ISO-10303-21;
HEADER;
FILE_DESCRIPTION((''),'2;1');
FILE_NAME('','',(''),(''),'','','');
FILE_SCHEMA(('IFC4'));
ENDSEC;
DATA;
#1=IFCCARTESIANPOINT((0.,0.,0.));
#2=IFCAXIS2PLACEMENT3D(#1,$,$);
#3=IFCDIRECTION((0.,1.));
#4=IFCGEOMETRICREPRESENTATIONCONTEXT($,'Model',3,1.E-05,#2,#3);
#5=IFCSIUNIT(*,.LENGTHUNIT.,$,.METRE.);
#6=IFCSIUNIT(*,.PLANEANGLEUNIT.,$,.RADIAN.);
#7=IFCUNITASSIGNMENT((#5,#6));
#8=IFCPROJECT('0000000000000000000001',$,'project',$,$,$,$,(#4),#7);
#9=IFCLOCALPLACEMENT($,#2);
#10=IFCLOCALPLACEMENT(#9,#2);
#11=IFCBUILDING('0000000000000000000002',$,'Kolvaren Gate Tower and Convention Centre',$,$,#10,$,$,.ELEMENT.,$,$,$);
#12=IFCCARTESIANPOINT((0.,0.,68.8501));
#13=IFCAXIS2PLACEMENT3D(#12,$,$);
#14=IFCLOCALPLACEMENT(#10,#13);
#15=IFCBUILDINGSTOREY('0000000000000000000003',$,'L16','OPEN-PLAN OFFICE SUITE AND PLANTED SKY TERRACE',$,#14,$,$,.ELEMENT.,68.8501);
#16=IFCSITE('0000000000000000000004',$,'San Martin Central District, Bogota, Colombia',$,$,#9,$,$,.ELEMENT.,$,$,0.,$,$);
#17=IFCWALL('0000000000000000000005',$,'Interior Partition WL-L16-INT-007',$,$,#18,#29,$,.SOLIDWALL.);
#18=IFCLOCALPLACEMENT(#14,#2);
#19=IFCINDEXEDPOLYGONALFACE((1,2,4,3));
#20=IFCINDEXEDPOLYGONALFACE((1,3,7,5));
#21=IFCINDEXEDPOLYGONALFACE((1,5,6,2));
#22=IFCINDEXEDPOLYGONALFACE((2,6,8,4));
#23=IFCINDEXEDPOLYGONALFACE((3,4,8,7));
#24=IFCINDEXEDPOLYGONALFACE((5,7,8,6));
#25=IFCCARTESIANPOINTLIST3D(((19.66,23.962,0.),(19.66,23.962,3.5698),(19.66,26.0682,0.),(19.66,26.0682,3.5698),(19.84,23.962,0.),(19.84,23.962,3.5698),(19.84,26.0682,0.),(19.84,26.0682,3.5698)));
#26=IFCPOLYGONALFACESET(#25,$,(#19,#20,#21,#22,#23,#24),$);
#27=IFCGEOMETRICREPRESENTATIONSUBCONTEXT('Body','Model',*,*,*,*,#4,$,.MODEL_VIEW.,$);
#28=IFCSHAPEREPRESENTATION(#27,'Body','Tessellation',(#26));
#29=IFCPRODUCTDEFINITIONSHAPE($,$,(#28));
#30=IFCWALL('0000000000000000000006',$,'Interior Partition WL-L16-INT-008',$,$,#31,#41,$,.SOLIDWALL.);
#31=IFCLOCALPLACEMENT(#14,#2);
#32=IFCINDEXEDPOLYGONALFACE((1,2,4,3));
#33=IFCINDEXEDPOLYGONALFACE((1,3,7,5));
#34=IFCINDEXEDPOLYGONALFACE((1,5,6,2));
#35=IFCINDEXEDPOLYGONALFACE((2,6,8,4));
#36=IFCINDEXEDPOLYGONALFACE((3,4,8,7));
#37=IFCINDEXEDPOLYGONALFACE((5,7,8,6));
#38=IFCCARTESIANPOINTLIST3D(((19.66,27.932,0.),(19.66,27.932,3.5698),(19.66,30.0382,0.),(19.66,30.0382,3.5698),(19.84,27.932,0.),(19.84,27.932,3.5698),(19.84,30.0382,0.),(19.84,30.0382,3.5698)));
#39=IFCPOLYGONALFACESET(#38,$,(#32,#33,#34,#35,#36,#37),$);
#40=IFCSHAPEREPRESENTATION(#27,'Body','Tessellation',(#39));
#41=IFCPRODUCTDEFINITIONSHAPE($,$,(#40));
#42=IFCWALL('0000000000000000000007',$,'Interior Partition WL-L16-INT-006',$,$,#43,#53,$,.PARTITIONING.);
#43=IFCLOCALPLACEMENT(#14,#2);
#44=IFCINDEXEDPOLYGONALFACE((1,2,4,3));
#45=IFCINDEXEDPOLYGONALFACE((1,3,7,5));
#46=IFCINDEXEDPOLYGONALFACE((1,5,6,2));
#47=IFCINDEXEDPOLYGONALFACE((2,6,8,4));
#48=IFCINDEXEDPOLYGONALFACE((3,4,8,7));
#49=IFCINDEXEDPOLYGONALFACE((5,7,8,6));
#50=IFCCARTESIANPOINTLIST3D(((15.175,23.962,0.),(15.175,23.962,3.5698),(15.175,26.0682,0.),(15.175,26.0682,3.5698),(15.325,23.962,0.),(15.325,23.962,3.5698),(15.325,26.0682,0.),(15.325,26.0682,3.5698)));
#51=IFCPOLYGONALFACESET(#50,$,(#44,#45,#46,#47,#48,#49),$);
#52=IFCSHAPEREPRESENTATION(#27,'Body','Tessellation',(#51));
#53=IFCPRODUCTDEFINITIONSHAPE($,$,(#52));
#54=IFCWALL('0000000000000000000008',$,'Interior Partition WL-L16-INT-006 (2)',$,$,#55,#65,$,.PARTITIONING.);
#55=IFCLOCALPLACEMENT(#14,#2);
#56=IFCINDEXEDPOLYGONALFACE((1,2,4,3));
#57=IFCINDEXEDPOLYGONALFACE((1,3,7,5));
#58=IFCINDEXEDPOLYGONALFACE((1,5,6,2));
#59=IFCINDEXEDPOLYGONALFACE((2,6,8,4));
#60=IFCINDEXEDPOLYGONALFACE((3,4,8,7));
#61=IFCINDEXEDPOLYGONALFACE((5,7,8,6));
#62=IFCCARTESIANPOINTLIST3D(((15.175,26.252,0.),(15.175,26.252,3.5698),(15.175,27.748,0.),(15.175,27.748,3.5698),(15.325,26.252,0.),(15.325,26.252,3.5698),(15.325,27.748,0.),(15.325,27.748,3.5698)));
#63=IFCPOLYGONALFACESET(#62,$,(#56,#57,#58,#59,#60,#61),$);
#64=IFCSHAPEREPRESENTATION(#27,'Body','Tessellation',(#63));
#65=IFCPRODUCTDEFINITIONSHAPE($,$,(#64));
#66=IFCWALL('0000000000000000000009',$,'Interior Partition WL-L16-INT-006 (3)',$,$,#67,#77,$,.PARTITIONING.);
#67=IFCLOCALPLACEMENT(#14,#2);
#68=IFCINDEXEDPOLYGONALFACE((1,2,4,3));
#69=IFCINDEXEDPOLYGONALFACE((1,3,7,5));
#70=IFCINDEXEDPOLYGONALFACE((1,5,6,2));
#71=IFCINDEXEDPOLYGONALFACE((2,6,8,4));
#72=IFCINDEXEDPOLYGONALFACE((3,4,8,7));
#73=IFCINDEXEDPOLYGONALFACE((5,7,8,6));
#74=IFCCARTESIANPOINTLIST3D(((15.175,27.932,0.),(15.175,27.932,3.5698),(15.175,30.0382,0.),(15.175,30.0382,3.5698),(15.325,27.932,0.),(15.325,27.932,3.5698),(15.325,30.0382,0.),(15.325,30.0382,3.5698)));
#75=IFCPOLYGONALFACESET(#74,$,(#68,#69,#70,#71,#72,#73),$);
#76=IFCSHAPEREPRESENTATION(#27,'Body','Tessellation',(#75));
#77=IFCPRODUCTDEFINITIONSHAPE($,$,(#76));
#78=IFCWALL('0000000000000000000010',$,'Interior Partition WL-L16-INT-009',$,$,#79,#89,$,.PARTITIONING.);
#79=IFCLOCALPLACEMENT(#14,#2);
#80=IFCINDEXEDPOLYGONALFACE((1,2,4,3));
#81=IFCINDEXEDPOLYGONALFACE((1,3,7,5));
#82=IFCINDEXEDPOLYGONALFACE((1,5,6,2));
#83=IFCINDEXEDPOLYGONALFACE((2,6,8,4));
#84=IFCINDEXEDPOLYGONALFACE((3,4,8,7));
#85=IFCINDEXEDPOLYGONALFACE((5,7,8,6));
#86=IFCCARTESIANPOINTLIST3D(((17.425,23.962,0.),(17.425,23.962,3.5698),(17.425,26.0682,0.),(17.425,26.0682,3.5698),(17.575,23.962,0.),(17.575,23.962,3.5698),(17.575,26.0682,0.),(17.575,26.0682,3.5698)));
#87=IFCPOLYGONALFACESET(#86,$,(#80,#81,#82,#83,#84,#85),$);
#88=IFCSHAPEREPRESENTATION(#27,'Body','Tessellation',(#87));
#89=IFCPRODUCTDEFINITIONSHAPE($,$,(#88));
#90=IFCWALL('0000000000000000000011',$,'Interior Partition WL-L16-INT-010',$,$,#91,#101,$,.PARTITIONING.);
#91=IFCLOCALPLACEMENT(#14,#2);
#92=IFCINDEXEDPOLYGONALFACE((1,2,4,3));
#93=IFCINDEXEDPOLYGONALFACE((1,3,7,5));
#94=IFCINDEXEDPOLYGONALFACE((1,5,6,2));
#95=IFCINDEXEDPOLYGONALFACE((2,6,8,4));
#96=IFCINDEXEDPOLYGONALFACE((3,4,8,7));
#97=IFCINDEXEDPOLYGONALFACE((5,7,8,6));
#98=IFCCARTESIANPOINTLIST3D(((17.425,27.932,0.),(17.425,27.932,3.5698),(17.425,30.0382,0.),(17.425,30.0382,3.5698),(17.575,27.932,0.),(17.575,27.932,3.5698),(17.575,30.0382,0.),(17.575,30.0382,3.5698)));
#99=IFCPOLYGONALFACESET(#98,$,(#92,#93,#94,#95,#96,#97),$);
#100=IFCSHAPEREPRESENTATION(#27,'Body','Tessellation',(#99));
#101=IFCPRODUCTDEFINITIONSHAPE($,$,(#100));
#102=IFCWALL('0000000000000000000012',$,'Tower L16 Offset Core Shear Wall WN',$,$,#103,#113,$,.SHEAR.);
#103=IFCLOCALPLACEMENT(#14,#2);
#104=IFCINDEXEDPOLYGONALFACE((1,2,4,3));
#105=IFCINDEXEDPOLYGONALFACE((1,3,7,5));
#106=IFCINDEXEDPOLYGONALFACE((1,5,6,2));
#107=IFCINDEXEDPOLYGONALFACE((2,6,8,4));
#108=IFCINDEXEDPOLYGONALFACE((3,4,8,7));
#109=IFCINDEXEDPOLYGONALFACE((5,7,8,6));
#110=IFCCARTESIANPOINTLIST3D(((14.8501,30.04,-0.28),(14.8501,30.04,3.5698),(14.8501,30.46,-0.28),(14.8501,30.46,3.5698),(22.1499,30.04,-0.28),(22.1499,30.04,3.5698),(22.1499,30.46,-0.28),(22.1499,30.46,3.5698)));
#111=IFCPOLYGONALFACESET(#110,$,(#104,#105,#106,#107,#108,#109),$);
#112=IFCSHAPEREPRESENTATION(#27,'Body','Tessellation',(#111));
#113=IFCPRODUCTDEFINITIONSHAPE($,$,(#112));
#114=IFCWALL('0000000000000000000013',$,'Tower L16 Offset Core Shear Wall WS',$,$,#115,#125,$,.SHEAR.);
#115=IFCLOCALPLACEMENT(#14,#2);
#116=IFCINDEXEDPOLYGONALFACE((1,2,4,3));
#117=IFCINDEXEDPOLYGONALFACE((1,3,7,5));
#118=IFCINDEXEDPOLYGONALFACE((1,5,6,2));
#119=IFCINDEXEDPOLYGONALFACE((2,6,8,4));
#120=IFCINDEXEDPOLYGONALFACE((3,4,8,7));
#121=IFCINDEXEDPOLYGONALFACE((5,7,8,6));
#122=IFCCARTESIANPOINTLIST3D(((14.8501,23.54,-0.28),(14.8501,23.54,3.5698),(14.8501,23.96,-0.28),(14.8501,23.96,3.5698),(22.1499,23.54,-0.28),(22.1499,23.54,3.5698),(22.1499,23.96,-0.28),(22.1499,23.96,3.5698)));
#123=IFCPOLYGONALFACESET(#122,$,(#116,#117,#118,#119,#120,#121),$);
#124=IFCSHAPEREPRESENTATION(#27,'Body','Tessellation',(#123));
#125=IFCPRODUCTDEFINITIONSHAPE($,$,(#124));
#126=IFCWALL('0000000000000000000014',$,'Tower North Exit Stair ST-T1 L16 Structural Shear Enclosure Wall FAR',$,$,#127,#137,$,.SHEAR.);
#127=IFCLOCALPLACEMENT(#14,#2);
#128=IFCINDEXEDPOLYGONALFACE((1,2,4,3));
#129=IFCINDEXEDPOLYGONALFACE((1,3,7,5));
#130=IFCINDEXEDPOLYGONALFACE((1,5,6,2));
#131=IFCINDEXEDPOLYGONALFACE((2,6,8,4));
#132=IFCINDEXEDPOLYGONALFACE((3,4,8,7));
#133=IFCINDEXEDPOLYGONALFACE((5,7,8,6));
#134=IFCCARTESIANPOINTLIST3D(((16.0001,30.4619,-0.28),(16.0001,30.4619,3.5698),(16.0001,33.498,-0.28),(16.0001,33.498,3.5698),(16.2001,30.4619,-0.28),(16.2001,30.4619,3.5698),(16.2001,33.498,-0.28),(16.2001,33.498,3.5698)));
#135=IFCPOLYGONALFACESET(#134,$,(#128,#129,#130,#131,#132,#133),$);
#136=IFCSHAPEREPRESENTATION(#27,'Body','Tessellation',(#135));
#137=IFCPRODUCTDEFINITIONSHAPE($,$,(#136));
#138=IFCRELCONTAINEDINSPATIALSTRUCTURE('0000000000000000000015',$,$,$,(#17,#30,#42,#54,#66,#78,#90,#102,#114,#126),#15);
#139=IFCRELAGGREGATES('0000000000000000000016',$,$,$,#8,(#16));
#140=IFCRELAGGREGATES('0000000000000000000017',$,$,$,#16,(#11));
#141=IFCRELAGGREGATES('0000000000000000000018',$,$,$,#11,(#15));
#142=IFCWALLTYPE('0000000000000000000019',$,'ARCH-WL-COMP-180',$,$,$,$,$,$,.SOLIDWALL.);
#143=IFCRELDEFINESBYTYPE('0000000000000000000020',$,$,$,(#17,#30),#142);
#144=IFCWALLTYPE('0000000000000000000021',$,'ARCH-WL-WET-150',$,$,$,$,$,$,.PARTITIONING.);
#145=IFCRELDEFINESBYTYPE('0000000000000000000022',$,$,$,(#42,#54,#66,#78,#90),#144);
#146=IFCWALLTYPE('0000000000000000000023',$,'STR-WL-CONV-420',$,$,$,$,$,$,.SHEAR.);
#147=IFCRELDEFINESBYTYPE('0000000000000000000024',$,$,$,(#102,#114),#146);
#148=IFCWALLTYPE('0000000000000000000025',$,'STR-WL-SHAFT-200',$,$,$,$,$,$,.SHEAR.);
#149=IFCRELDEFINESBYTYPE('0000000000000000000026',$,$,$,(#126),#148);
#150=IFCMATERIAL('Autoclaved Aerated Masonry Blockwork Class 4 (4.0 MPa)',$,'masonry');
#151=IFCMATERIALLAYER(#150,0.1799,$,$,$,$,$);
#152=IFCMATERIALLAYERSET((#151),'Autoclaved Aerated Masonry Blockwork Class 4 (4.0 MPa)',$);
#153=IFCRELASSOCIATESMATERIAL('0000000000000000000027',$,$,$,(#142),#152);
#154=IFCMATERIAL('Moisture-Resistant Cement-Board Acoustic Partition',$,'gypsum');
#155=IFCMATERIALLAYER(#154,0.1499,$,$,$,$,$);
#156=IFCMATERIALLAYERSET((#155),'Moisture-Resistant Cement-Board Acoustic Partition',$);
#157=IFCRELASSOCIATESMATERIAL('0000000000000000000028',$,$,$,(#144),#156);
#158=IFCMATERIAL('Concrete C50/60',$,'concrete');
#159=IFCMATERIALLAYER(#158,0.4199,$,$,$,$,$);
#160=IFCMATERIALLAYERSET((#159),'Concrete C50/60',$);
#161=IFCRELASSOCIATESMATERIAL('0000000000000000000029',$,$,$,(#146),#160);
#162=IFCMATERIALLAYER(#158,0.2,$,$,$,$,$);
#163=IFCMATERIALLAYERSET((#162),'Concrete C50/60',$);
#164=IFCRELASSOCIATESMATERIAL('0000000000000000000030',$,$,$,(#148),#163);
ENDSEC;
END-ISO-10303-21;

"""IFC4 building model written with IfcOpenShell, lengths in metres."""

from ifc_helpers import new_model, si_unit, direction, frame, frame_2d, origin, place, context, subcontext, project, spatial, rectangle, extrude, material, layer, layer_set, type_object, element, save


model = new_model("IFC4")

# Units and contexts
model_context = context("Model", 3, precision=1e-05, world=origin(), true_north=direction((0.0, 1.0)))
body_context = subcontext(model_context, "Body", "Model", "MODEL_VIEW")
ifc_project = project(units=[si_unit("LENGTHUNIT", "METRE"), si_unit("PLANEANGLEUNIT", "RADIAN")], contexts=[model_context])

# Site, building, storey
site_placement = place(None, origin())
site = spatial("IfcSite", under=ifc_project, at=site_placement, Name="San Martin Central District, Bogota, Colombia", CompositionType="ELEMENT", RefElevation=0.0)
building_placement = place(site_placement, origin())
building = spatial("IfcBuilding", under=site, at=building_placement, Name="Kolvaren Gate Tower and Convention Centre", CompositionType="ELEMENT")
storey_placement = place(building_placement, frame((0.0, 0.0, 68.8501)))
storey = spatial("IfcBuildingStorey", under=building, at=storey_placement, Name="L16", Description="OPEN-PLAN OFFICE SUITE AND PLANTED SKY TERRACE", CompositionType="ELEMENT", Elevation=68.8501)

# Shared definitions
ifc_material_1 = material(Name="Autoclaved Aerated Masonry Blockwork Class 4 (4.0 MPa)", Category="masonry")
ifc_layer_1 = layer(ifc_material_1, 0.1799)
ifc_layer_set_1 = layer_set([ifc_layer_1], Name="Autoclaved Aerated Masonry Blockwork Class 4 (4.0 MPa)")
wall_type_1 = type_object("IfcWallType", Name="ARCH-WL-COMP-180", PredefinedType="SOLIDWALL", material=ifc_layer_set_1)

# Walls
for number, where, z_axis, x_axis, name in (
    (1, (19.75, 23.9619, 0.0), (0.0, 0.0, 1.0), (0.0, 1.0, 0.0), "Interior Partition WL-L16-INT-007"),
    (2, (19.75, 27.9319, 0.0), (0.0, 0.0, 1.0), (0.0, 1.0, 0.0), "Interior Partition WL-L16-INT-008"),
):
    element("IfcWall", number, at=place(storey_placement, frame(where, z_axis=z_axis, x_axis=x_axis)), inside=storey, type_object=wall_type_1, Name=name, PredefinedType="SOLIDWALL", context=body_context, shape_type="SweptSolid", body=[
        extrude(rectangle(XDim=2.1062, YDim=0.1799, at=frame_2d((1.0532, 0.0))), origin(), (0.0, 0.0, 1.0), 3.5698),
    ])
ifc_material_2 = material(Name="Moisture-Resistant Cement-Board Acoustic Partition", Category="gypsum")
ifc_layer_2 = layer(ifc_material_2, 0.1499)
ifc_layer_set_2 = layer_set([ifc_layer_2], Name="Moisture-Resistant Cement-Board Acoustic Partition")
wall_type_2 = type_object("IfcWallType", Name="ARCH-WL-WET-150", PredefinedType="PARTITIONING", material=ifc_layer_set_2)
wall_1_placement = place(storey_placement, frame((15.25, 23.9619, 0.0), z_axis=(0.0, 0.0, 1.0), x_axis=(0.0, 1.0, 0.0)))
element("IfcWall", 3, at=wall_1_placement, inside=storey, type_object=wall_type_2, Name="Interior Partition WL-L16-INT-006", PredefinedType="PARTITIONING", context=body_context, shape_type="SweptSolid", body=[
    extrude(rectangle(XDim=2.1062, YDim=0.1499, at=frame_2d((1.0532, 0.0))), origin(), (0.0, 0.0, 1.0), 3.5698),
])
wall_2_placement = place(storey_placement, frame((15.25, 26.252, 0.0), z_axis=(0.0, 0.0, 1.0), x_axis=(0.0, 1.0, 0.0)))
element("IfcWall", 4, at=wall_2_placement, inside=storey, type_object=wall_type_2, Name="Interior Partition WL-L16-INT-006 (2)", PredefinedType="PARTITIONING", context=body_context, shape_type="SweptSolid", body=[
    extrude(rectangle(XDim=1.4961, YDim=0.1499, at=frame_2d((0.748, 0.0))), origin(), (0.0, 0.0, 1.0), 3.5698),
])
for number, where, z_axis, x_axis, name in (
    (5, (15.25, 27.9319, 0.0), (0.0, 0.0, 1.0), (0.0, 1.0, 0.0), "Interior Partition WL-L16-INT-006 (3)"),
    (6, (17.5, 23.9619, 0.0), (0.0, 0.0, 1.0), (0.0, 1.0, 0.0), "Interior Partition WL-L16-INT-009"),
    (7, (17.5, 27.9319, 0.0), (0.0, 0.0, 1.0), (0.0, 1.0, 0.0), "Interior Partition WL-L16-INT-010"),
):
    element("IfcWall", number, at=place(storey_placement, frame(where, z_axis=z_axis, x_axis=x_axis)), inside=storey, type_object=wall_type_2, Name=name, PredefinedType="PARTITIONING", context=body_context, shape_type="SweptSolid", body=[
        extrude(rectangle(XDim=2.1062, YDim=0.1499, at=frame_2d((1.0532, 0.0))), origin(), (0.0, 0.0, 1.0), 3.5698),
    ])
ifc_material_3 = material(Name="Concrete C50/60", Category="concrete")
ifc_layer_3 = layer(ifc_material_3, 0.4199)
ifc_layer_set_3 = layer_set([ifc_layer_3], Name="Concrete C50/60")
wall_type_3 = type_object("IfcWallType", Name="STR-WL-CONV-420", PredefinedType="SHEAR", material=ifc_layer_set_3)
for number, where, z_axis, x_axis, name in (
    (8, (14.8501, 30.25, -0.28), (0.0, 0.0, 1.0), (1.0, 0.0, 0.0), "Tower L16 Offset Core Shear Wall WN"),
    (9, (14.8501, 23.75, -0.28), (0.0, 0.0, 1.0), (1.0, 0.0, 0.0), "Tower L16 Offset Core Shear Wall WS"),
):
    element("IfcWall", number, at=place(storey_placement, frame(where, z_axis=z_axis, x_axis=x_axis)), inside=storey, type_object=wall_type_3, Name=name, PredefinedType="SHEAR", context=body_context, shape_type="SweptSolid", body=[
        extrude(rectangle(XDim=7.2998, YDim=0.4199, at=frame_2d((3.6499, 0.0))), origin(), (0.0, 0.0, 1.0), 3.8499),
    ])
ifc_layer_4 = layer(ifc_material_3, 0.2)
ifc_layer_set_4 = layer_set([ifc_layer_4], Name="Concrete C50/60")
wall_type_4 = type_object("IfcWallType", Name="STR-WL-SHAFT-200", PredefinedType="SHEAR", material=ifc_layer_set_4)
wall_3_placement = place(storey_placement, frame((16.1001, 30.4619, -0.28), z_axis=(0.0, 0.0, 1.0), x_axis=(0.0, 1.0, 0.0)))
element("IfcWall", 10, at=wall_3_placement, inside=storey, type_object=wall_type_4, Name="Tower North Exit Stair ST-T1 L16 Structural Shear Enclosure Wall FAR", PredefinedType="SHEAR", context=body_context, shape_type="SweptSolid", body=[
    extrude(rectangle(XDim=3.0361, YDim=0.2, at=frame_2d((1.5181, 0.0))), origin(), (0.0, 0.0, 1.0), 3.8499),
])

save(model, "model.ifc")
